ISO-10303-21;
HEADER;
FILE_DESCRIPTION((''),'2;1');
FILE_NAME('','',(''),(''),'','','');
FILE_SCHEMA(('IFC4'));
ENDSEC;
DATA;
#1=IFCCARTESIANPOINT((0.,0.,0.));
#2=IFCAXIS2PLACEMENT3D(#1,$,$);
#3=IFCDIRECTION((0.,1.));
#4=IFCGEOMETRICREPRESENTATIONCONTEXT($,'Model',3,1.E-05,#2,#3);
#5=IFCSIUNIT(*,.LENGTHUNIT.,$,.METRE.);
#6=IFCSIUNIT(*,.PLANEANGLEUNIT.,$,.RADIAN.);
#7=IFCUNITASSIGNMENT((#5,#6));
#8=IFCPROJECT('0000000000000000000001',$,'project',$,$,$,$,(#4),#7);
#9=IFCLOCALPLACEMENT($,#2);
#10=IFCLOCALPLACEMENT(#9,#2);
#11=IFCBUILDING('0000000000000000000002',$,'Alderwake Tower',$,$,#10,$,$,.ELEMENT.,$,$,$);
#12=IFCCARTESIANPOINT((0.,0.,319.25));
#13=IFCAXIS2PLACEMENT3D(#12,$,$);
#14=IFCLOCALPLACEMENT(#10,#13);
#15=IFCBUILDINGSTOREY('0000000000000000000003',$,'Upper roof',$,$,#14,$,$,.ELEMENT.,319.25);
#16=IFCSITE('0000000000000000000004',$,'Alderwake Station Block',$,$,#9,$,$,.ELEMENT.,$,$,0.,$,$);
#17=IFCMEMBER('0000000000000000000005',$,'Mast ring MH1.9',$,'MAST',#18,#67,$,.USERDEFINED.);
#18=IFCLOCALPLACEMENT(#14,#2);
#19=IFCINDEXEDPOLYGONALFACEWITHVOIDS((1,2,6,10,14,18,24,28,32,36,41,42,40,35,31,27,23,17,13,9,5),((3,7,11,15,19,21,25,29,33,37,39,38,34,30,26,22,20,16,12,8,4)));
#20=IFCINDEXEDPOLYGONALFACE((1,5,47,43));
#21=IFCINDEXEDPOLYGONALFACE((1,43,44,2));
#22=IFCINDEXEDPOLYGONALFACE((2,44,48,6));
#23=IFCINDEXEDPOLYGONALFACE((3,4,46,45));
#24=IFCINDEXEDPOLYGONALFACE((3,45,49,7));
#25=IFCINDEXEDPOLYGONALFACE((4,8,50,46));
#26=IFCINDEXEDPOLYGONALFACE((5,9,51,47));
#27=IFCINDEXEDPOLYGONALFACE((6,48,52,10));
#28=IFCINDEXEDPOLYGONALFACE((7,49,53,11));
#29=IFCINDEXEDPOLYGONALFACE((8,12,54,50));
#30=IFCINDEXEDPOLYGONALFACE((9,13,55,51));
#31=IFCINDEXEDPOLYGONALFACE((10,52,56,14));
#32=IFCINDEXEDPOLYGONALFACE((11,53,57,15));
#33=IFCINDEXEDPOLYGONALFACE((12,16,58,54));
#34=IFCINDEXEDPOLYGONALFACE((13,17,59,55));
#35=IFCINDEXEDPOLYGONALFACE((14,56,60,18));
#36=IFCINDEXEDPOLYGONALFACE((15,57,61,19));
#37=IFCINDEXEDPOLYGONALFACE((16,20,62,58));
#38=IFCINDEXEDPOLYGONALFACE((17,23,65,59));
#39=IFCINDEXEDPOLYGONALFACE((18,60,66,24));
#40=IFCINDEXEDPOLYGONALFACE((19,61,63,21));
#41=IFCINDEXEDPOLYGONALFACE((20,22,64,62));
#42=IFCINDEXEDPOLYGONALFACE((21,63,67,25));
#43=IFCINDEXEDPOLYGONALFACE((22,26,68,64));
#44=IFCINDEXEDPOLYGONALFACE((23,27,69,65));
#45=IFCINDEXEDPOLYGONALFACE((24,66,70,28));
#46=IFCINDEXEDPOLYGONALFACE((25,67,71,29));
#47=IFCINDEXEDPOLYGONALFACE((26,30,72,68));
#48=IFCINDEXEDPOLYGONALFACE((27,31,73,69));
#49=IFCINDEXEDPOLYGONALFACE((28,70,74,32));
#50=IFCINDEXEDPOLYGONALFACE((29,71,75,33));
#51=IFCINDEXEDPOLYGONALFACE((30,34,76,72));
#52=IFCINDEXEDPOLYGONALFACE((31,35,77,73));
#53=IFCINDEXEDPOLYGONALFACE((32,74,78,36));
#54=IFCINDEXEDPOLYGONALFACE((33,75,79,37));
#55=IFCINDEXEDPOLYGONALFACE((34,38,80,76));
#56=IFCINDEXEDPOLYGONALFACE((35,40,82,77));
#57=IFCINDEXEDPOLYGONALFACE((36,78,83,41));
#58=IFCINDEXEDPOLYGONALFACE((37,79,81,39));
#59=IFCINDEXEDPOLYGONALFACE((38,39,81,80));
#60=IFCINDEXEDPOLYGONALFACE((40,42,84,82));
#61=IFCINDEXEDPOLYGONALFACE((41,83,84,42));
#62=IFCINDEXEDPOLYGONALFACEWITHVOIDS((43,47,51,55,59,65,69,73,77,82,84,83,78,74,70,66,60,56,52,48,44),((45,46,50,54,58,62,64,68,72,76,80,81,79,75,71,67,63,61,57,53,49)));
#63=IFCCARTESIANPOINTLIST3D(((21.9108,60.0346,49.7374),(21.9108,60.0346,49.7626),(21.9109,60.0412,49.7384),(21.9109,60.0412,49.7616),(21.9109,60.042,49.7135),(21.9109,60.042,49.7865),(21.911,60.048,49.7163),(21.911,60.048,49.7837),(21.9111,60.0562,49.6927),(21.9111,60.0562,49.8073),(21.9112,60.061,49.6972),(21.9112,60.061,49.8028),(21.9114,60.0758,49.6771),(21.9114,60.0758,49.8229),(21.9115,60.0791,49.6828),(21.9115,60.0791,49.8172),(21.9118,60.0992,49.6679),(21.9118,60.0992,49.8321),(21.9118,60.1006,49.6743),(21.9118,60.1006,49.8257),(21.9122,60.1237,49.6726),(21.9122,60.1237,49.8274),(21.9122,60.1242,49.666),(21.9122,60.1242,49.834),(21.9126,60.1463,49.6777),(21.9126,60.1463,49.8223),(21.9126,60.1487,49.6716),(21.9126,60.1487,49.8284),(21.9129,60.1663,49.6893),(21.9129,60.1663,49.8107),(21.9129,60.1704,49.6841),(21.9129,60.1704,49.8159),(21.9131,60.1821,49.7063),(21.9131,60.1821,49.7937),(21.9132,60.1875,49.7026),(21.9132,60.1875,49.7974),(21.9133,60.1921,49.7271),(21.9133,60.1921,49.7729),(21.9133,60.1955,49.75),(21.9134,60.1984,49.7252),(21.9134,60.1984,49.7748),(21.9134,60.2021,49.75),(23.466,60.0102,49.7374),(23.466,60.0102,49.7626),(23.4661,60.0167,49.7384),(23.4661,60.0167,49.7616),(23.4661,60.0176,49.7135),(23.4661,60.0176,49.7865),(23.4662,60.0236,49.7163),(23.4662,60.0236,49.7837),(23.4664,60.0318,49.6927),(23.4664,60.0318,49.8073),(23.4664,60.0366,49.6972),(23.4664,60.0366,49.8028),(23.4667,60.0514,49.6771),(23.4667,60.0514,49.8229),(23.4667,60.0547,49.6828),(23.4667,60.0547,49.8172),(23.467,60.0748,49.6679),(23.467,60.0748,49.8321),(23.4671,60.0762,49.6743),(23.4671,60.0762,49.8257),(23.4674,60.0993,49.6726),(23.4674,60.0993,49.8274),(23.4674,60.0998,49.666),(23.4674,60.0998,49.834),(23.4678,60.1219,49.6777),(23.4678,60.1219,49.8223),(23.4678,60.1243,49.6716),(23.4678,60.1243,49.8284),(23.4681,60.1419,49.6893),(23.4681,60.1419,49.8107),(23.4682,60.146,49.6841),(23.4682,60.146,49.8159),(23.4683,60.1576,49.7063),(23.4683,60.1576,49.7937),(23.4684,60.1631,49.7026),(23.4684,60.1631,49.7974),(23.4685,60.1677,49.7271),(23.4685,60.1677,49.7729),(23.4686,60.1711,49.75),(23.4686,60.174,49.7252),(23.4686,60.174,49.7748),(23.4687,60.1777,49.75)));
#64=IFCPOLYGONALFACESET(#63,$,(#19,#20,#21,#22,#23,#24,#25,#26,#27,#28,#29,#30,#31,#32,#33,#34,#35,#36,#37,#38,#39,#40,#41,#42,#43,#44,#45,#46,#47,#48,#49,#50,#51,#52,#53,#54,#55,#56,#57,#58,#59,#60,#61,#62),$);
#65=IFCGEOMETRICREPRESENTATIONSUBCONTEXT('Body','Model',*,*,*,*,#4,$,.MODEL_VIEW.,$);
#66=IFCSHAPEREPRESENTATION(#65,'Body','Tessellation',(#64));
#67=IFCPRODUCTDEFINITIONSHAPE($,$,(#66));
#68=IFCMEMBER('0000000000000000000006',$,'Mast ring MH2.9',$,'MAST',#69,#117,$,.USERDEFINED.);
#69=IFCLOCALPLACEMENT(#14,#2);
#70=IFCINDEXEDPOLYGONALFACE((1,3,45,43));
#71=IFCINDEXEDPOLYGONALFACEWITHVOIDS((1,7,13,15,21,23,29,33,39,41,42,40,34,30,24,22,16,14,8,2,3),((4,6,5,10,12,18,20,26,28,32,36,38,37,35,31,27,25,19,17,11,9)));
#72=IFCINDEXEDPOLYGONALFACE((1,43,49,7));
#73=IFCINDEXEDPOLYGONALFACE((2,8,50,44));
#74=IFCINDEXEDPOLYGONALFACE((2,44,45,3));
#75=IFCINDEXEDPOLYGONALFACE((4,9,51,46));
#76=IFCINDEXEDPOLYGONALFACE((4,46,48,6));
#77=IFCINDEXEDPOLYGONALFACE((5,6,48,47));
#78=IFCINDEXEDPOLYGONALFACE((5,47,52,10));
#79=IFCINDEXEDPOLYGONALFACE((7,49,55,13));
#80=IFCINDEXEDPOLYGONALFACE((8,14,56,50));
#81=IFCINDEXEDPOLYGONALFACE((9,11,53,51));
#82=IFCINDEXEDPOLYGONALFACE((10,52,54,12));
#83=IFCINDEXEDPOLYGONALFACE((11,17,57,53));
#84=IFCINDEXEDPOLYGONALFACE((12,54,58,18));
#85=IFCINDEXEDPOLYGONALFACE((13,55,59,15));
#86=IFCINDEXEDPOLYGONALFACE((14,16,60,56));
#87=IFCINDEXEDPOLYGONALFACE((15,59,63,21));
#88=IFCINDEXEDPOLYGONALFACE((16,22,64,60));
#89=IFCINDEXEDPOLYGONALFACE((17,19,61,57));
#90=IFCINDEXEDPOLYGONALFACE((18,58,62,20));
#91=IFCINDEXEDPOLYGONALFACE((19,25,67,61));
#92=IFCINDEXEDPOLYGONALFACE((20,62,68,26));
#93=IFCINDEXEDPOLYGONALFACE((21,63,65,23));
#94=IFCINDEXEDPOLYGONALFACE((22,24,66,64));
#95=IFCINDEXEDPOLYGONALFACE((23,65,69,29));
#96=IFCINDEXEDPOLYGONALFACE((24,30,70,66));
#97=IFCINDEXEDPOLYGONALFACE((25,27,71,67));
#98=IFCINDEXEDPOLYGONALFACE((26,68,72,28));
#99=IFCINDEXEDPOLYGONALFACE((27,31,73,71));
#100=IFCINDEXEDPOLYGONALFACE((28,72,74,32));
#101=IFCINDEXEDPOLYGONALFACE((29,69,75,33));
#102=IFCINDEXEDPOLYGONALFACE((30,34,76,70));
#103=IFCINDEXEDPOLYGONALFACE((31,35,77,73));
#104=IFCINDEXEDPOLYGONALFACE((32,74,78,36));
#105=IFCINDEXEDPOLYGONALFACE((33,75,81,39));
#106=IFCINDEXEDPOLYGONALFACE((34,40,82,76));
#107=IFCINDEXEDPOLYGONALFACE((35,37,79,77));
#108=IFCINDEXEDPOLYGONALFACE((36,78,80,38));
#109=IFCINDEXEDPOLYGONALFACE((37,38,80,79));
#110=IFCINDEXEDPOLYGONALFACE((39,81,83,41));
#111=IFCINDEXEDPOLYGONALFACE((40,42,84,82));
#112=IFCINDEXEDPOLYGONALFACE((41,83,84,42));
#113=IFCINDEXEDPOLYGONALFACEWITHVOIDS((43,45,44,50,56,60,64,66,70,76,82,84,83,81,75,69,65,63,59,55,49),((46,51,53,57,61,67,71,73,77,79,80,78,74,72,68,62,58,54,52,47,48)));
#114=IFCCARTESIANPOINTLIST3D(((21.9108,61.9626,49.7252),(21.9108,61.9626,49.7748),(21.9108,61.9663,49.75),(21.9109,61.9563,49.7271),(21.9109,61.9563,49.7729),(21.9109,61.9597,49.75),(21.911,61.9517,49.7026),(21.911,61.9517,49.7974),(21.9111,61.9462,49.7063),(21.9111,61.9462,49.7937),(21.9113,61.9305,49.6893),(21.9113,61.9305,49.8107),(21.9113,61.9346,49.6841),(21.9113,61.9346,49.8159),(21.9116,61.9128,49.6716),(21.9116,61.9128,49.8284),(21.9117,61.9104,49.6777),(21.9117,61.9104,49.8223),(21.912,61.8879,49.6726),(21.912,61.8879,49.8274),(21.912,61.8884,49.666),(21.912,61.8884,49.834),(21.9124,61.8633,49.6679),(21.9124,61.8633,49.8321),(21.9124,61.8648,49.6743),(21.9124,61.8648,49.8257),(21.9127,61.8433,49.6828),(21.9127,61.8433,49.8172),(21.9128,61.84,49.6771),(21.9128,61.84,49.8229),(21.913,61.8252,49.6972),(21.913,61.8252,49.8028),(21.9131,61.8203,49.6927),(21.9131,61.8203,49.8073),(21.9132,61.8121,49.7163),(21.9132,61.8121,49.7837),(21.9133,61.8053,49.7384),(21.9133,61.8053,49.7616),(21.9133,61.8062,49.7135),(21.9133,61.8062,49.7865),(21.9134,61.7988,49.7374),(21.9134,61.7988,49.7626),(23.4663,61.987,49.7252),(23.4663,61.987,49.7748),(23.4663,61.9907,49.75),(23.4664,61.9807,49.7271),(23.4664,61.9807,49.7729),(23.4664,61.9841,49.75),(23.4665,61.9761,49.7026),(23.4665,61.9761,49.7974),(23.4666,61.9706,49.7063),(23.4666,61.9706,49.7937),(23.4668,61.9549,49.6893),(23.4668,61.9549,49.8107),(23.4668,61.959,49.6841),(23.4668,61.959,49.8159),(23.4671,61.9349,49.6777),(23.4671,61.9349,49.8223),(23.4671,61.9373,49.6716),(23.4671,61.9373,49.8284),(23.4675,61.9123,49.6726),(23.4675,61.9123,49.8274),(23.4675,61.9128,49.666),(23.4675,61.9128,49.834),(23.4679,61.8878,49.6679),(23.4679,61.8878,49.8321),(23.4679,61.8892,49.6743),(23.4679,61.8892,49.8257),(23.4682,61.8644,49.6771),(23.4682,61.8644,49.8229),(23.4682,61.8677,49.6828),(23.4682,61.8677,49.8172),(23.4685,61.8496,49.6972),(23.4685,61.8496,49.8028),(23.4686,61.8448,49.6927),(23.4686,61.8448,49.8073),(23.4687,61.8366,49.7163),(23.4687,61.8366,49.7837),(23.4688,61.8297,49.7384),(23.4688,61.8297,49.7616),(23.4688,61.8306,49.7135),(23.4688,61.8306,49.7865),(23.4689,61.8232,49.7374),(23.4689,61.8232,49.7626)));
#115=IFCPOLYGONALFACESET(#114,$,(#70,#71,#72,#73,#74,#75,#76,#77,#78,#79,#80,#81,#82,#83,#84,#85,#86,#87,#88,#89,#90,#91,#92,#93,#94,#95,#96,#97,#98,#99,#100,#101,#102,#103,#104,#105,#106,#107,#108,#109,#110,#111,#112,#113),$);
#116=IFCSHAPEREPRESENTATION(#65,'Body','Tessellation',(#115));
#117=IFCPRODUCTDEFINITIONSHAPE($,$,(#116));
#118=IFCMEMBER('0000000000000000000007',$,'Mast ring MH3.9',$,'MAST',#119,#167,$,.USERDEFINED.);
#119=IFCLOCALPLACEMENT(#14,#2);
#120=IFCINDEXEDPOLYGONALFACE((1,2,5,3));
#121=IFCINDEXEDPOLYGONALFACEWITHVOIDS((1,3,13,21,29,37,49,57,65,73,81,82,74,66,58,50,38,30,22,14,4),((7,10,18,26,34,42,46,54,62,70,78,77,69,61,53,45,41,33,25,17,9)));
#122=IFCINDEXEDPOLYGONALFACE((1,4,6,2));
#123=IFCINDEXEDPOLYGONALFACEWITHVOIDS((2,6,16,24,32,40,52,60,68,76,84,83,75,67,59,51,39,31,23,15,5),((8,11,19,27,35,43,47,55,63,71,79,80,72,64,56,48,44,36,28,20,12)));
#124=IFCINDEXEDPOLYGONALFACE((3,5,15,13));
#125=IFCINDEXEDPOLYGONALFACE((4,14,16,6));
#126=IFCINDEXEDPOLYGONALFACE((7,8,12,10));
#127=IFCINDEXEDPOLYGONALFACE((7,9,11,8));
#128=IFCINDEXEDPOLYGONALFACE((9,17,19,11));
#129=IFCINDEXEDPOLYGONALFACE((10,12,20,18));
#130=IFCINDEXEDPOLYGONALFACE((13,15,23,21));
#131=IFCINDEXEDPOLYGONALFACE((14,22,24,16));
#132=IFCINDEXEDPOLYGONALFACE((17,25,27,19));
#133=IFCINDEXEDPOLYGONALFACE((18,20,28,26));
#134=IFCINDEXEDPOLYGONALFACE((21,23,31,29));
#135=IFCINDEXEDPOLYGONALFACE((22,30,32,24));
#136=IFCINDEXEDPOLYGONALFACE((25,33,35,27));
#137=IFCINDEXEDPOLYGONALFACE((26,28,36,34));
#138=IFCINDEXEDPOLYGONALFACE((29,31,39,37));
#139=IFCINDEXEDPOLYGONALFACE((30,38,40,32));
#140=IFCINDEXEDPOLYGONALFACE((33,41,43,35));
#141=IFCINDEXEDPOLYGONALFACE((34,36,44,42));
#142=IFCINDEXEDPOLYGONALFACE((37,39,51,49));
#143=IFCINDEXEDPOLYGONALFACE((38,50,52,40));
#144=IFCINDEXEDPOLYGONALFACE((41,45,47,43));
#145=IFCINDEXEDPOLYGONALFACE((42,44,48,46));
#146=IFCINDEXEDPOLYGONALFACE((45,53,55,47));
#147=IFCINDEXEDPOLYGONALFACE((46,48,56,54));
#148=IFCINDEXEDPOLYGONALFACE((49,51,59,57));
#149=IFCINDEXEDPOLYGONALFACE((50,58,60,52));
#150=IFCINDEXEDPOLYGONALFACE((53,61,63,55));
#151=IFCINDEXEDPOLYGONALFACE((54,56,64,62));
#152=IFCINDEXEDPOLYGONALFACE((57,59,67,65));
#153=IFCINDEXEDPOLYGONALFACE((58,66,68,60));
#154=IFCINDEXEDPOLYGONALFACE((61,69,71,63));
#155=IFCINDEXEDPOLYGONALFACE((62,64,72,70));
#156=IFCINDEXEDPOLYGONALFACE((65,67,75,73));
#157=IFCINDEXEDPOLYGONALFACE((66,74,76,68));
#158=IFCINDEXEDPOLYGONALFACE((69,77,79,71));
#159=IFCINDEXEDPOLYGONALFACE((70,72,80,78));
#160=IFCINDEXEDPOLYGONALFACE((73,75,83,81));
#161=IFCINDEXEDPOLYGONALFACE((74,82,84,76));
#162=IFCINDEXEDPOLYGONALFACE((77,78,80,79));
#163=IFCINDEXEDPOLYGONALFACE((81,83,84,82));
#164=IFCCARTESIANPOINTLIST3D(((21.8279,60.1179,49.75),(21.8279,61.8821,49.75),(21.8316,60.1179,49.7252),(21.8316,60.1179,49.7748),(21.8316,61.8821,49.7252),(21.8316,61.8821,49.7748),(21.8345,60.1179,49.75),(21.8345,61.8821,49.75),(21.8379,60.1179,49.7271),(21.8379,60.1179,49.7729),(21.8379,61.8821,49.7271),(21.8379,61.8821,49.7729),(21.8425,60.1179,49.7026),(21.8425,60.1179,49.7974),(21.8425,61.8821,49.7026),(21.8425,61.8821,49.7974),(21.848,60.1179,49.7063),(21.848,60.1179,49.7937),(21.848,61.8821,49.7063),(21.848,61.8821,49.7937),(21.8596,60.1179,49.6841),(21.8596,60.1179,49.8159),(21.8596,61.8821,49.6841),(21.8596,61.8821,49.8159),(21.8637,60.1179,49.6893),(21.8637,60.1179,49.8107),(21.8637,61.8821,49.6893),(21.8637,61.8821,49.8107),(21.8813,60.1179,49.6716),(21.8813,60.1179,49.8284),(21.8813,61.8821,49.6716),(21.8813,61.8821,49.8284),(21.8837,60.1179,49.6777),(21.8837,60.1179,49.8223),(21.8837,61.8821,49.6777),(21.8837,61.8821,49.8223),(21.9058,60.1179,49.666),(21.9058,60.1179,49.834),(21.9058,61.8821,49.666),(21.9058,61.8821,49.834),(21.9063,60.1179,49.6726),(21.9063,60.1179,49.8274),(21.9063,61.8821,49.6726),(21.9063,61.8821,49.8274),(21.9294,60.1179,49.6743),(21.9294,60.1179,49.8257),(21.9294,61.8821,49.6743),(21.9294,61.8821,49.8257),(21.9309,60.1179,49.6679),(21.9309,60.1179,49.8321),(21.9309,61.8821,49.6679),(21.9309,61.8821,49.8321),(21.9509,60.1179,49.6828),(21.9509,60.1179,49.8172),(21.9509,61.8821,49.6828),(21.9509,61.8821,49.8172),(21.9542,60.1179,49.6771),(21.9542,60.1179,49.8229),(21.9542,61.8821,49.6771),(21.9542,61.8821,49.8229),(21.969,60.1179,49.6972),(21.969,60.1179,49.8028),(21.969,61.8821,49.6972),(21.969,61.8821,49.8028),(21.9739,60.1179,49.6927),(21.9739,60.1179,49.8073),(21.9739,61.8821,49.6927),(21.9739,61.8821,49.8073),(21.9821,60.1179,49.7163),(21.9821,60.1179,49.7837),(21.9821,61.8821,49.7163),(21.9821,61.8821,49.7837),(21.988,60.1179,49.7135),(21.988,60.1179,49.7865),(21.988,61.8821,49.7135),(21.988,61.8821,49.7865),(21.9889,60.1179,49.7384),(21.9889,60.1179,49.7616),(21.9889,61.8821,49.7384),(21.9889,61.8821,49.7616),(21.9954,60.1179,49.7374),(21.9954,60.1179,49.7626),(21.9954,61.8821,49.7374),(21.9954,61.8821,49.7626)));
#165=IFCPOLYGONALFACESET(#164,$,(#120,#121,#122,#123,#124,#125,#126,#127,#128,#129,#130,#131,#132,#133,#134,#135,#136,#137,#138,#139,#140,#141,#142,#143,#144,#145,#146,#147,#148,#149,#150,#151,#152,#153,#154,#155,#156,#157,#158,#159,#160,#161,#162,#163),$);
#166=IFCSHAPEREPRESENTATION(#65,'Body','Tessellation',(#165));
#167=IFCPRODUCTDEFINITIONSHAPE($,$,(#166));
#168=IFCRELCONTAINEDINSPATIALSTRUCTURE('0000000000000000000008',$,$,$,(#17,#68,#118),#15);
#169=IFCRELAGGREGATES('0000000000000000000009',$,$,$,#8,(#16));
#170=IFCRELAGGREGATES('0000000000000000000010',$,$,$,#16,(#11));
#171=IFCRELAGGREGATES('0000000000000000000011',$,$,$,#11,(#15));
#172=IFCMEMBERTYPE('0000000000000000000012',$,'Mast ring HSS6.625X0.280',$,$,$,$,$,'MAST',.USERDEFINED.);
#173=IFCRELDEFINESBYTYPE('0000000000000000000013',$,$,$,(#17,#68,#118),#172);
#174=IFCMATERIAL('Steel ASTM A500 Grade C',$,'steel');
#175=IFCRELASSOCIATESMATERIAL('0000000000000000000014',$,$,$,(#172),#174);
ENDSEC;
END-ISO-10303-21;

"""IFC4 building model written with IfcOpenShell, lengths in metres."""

from ifc_helpers import new_model, si_unit, direction, frame, origin, origin_2d, place, context, subcontext, project, spatial, hollow_circle, extrude, material, material_profile, profile_set, type_object, element, save


model = new_model("IFC4")

# Units and contexts
model_context = context("Model", 3, precision=1e-05, world=origin(), true_north=direction((0.0, 1.0)))
body_context = subcontext(model_context, "Body", "Model", "MODEL_VIEW")
ifc_project = project(units=[si_unit("LENGTHUNIT", "METRE"), si_unit("PLANEANGLEUNIT", "RADIAN")], contexts=[model_context])

# Site, building, storey
site_placement = place(None, origin())
site = spatial("IfcSite", under=ifc_project, at=site_placement, Name="Alderwake Station Block", CompositionType="ELEMENT", RefElevation=0.0)
building_placement = place(site_placement, origin())
building = spatial("IfcBuilding", under=site, at=building_placement, Name="Alderwake Tower", CompositionType="ELEMENT")
storey_placement = place(building_placement, frame((0.0, 0.0, 319.25)))
storey = spatial("IfcBuildingStorey", under=building, at=storey_placement, Name="Upper roof", CompositionType="ELEMENT", Elevation=319.25)

# Members
ifc_material_1 = material(Name="Steel ASTM A500 Grade C", Category="steel")
ifc_material_profile_1 = material_profile(ifc_material_1, hollow_circle(Radius=0.0842, WallThickness=0.0066, at=origin_2d()), Name="HSS6.625X0.280")
ifc_profile_set_1 = profile_set([ifc_material_profile_1], Name="Steel ASTM A500 Grade C")
member_type_1 = type_object("IfcMemberType", Name="Mast ring HSS6.625X0.280", ElementType="MAST", PredefinedType="USERDEFINED", material=ifc_profile_set_1)
member_1_placement = place(storey_placement, frame((21.9121, 60.1179, 49.75), z_axis=(0.999877, -0.015697, 0.0), x_axis=(0.015697, 0.999877, 0.0)))
element("IfcMember", 1, at=member_1_placement, inside=storey, type_object=member_type_1, Name="Mast ring MH1.9", ObjectType="MAST", PredefinedType="USERDEFINED", context=body_context, shape_type="SweptSolid", body=[
    extrude(hollow_circle(Radius=0.0842, WallThickness=0.0066, at=origin_2d()), origin(), (0.0, 0.0, 1.0), 1.5554),
])
member_2_placement = place(storey_placement, frame((21.9121, 61.8821, 49.75), z_axis=(0.999877, 0.015694, 0.0), x_axis=(-0.015694, 0.999877, 0.0)))
element("IfcMember", 2, at=member_2_placement, inside=storey, type_object=member_type_1, Name="Mast ring MH2.9", ObjectType="MAST", PredefinedType="USERDEFINED", context=body_context, shape_type="SweptSolid", body=[
    extrude(hollow_circle(Radius=0.0842, WallThickness=0.0066, at=origin_2d()), origin(), (0.0, 0.0, 1.0), 1.5557),
])
member_3_placement = place(storey_placement, frame((21.9121, 60.1179, 49.75), z_axis=(0.0, 1.0, 0.0), x_axis=(-1.0, 0.0, 0.0)))
element("IfcMember", 3, at=member_3_placement, inside=storey, type_object=member_type_1, Name="Mast ring MH3.9", ObjectType="MAST", PredefinedType="USERDEFINED", context=body_context, shape_type="SweptSolid", body=[
    extrude(hollow_circle(Radius=0.0842, WallThickness=0.0066, at=origin_2d()), origin(), (0.0, 0.0, 1.0), 1.7642),
])

save(model, "model.ifc")
